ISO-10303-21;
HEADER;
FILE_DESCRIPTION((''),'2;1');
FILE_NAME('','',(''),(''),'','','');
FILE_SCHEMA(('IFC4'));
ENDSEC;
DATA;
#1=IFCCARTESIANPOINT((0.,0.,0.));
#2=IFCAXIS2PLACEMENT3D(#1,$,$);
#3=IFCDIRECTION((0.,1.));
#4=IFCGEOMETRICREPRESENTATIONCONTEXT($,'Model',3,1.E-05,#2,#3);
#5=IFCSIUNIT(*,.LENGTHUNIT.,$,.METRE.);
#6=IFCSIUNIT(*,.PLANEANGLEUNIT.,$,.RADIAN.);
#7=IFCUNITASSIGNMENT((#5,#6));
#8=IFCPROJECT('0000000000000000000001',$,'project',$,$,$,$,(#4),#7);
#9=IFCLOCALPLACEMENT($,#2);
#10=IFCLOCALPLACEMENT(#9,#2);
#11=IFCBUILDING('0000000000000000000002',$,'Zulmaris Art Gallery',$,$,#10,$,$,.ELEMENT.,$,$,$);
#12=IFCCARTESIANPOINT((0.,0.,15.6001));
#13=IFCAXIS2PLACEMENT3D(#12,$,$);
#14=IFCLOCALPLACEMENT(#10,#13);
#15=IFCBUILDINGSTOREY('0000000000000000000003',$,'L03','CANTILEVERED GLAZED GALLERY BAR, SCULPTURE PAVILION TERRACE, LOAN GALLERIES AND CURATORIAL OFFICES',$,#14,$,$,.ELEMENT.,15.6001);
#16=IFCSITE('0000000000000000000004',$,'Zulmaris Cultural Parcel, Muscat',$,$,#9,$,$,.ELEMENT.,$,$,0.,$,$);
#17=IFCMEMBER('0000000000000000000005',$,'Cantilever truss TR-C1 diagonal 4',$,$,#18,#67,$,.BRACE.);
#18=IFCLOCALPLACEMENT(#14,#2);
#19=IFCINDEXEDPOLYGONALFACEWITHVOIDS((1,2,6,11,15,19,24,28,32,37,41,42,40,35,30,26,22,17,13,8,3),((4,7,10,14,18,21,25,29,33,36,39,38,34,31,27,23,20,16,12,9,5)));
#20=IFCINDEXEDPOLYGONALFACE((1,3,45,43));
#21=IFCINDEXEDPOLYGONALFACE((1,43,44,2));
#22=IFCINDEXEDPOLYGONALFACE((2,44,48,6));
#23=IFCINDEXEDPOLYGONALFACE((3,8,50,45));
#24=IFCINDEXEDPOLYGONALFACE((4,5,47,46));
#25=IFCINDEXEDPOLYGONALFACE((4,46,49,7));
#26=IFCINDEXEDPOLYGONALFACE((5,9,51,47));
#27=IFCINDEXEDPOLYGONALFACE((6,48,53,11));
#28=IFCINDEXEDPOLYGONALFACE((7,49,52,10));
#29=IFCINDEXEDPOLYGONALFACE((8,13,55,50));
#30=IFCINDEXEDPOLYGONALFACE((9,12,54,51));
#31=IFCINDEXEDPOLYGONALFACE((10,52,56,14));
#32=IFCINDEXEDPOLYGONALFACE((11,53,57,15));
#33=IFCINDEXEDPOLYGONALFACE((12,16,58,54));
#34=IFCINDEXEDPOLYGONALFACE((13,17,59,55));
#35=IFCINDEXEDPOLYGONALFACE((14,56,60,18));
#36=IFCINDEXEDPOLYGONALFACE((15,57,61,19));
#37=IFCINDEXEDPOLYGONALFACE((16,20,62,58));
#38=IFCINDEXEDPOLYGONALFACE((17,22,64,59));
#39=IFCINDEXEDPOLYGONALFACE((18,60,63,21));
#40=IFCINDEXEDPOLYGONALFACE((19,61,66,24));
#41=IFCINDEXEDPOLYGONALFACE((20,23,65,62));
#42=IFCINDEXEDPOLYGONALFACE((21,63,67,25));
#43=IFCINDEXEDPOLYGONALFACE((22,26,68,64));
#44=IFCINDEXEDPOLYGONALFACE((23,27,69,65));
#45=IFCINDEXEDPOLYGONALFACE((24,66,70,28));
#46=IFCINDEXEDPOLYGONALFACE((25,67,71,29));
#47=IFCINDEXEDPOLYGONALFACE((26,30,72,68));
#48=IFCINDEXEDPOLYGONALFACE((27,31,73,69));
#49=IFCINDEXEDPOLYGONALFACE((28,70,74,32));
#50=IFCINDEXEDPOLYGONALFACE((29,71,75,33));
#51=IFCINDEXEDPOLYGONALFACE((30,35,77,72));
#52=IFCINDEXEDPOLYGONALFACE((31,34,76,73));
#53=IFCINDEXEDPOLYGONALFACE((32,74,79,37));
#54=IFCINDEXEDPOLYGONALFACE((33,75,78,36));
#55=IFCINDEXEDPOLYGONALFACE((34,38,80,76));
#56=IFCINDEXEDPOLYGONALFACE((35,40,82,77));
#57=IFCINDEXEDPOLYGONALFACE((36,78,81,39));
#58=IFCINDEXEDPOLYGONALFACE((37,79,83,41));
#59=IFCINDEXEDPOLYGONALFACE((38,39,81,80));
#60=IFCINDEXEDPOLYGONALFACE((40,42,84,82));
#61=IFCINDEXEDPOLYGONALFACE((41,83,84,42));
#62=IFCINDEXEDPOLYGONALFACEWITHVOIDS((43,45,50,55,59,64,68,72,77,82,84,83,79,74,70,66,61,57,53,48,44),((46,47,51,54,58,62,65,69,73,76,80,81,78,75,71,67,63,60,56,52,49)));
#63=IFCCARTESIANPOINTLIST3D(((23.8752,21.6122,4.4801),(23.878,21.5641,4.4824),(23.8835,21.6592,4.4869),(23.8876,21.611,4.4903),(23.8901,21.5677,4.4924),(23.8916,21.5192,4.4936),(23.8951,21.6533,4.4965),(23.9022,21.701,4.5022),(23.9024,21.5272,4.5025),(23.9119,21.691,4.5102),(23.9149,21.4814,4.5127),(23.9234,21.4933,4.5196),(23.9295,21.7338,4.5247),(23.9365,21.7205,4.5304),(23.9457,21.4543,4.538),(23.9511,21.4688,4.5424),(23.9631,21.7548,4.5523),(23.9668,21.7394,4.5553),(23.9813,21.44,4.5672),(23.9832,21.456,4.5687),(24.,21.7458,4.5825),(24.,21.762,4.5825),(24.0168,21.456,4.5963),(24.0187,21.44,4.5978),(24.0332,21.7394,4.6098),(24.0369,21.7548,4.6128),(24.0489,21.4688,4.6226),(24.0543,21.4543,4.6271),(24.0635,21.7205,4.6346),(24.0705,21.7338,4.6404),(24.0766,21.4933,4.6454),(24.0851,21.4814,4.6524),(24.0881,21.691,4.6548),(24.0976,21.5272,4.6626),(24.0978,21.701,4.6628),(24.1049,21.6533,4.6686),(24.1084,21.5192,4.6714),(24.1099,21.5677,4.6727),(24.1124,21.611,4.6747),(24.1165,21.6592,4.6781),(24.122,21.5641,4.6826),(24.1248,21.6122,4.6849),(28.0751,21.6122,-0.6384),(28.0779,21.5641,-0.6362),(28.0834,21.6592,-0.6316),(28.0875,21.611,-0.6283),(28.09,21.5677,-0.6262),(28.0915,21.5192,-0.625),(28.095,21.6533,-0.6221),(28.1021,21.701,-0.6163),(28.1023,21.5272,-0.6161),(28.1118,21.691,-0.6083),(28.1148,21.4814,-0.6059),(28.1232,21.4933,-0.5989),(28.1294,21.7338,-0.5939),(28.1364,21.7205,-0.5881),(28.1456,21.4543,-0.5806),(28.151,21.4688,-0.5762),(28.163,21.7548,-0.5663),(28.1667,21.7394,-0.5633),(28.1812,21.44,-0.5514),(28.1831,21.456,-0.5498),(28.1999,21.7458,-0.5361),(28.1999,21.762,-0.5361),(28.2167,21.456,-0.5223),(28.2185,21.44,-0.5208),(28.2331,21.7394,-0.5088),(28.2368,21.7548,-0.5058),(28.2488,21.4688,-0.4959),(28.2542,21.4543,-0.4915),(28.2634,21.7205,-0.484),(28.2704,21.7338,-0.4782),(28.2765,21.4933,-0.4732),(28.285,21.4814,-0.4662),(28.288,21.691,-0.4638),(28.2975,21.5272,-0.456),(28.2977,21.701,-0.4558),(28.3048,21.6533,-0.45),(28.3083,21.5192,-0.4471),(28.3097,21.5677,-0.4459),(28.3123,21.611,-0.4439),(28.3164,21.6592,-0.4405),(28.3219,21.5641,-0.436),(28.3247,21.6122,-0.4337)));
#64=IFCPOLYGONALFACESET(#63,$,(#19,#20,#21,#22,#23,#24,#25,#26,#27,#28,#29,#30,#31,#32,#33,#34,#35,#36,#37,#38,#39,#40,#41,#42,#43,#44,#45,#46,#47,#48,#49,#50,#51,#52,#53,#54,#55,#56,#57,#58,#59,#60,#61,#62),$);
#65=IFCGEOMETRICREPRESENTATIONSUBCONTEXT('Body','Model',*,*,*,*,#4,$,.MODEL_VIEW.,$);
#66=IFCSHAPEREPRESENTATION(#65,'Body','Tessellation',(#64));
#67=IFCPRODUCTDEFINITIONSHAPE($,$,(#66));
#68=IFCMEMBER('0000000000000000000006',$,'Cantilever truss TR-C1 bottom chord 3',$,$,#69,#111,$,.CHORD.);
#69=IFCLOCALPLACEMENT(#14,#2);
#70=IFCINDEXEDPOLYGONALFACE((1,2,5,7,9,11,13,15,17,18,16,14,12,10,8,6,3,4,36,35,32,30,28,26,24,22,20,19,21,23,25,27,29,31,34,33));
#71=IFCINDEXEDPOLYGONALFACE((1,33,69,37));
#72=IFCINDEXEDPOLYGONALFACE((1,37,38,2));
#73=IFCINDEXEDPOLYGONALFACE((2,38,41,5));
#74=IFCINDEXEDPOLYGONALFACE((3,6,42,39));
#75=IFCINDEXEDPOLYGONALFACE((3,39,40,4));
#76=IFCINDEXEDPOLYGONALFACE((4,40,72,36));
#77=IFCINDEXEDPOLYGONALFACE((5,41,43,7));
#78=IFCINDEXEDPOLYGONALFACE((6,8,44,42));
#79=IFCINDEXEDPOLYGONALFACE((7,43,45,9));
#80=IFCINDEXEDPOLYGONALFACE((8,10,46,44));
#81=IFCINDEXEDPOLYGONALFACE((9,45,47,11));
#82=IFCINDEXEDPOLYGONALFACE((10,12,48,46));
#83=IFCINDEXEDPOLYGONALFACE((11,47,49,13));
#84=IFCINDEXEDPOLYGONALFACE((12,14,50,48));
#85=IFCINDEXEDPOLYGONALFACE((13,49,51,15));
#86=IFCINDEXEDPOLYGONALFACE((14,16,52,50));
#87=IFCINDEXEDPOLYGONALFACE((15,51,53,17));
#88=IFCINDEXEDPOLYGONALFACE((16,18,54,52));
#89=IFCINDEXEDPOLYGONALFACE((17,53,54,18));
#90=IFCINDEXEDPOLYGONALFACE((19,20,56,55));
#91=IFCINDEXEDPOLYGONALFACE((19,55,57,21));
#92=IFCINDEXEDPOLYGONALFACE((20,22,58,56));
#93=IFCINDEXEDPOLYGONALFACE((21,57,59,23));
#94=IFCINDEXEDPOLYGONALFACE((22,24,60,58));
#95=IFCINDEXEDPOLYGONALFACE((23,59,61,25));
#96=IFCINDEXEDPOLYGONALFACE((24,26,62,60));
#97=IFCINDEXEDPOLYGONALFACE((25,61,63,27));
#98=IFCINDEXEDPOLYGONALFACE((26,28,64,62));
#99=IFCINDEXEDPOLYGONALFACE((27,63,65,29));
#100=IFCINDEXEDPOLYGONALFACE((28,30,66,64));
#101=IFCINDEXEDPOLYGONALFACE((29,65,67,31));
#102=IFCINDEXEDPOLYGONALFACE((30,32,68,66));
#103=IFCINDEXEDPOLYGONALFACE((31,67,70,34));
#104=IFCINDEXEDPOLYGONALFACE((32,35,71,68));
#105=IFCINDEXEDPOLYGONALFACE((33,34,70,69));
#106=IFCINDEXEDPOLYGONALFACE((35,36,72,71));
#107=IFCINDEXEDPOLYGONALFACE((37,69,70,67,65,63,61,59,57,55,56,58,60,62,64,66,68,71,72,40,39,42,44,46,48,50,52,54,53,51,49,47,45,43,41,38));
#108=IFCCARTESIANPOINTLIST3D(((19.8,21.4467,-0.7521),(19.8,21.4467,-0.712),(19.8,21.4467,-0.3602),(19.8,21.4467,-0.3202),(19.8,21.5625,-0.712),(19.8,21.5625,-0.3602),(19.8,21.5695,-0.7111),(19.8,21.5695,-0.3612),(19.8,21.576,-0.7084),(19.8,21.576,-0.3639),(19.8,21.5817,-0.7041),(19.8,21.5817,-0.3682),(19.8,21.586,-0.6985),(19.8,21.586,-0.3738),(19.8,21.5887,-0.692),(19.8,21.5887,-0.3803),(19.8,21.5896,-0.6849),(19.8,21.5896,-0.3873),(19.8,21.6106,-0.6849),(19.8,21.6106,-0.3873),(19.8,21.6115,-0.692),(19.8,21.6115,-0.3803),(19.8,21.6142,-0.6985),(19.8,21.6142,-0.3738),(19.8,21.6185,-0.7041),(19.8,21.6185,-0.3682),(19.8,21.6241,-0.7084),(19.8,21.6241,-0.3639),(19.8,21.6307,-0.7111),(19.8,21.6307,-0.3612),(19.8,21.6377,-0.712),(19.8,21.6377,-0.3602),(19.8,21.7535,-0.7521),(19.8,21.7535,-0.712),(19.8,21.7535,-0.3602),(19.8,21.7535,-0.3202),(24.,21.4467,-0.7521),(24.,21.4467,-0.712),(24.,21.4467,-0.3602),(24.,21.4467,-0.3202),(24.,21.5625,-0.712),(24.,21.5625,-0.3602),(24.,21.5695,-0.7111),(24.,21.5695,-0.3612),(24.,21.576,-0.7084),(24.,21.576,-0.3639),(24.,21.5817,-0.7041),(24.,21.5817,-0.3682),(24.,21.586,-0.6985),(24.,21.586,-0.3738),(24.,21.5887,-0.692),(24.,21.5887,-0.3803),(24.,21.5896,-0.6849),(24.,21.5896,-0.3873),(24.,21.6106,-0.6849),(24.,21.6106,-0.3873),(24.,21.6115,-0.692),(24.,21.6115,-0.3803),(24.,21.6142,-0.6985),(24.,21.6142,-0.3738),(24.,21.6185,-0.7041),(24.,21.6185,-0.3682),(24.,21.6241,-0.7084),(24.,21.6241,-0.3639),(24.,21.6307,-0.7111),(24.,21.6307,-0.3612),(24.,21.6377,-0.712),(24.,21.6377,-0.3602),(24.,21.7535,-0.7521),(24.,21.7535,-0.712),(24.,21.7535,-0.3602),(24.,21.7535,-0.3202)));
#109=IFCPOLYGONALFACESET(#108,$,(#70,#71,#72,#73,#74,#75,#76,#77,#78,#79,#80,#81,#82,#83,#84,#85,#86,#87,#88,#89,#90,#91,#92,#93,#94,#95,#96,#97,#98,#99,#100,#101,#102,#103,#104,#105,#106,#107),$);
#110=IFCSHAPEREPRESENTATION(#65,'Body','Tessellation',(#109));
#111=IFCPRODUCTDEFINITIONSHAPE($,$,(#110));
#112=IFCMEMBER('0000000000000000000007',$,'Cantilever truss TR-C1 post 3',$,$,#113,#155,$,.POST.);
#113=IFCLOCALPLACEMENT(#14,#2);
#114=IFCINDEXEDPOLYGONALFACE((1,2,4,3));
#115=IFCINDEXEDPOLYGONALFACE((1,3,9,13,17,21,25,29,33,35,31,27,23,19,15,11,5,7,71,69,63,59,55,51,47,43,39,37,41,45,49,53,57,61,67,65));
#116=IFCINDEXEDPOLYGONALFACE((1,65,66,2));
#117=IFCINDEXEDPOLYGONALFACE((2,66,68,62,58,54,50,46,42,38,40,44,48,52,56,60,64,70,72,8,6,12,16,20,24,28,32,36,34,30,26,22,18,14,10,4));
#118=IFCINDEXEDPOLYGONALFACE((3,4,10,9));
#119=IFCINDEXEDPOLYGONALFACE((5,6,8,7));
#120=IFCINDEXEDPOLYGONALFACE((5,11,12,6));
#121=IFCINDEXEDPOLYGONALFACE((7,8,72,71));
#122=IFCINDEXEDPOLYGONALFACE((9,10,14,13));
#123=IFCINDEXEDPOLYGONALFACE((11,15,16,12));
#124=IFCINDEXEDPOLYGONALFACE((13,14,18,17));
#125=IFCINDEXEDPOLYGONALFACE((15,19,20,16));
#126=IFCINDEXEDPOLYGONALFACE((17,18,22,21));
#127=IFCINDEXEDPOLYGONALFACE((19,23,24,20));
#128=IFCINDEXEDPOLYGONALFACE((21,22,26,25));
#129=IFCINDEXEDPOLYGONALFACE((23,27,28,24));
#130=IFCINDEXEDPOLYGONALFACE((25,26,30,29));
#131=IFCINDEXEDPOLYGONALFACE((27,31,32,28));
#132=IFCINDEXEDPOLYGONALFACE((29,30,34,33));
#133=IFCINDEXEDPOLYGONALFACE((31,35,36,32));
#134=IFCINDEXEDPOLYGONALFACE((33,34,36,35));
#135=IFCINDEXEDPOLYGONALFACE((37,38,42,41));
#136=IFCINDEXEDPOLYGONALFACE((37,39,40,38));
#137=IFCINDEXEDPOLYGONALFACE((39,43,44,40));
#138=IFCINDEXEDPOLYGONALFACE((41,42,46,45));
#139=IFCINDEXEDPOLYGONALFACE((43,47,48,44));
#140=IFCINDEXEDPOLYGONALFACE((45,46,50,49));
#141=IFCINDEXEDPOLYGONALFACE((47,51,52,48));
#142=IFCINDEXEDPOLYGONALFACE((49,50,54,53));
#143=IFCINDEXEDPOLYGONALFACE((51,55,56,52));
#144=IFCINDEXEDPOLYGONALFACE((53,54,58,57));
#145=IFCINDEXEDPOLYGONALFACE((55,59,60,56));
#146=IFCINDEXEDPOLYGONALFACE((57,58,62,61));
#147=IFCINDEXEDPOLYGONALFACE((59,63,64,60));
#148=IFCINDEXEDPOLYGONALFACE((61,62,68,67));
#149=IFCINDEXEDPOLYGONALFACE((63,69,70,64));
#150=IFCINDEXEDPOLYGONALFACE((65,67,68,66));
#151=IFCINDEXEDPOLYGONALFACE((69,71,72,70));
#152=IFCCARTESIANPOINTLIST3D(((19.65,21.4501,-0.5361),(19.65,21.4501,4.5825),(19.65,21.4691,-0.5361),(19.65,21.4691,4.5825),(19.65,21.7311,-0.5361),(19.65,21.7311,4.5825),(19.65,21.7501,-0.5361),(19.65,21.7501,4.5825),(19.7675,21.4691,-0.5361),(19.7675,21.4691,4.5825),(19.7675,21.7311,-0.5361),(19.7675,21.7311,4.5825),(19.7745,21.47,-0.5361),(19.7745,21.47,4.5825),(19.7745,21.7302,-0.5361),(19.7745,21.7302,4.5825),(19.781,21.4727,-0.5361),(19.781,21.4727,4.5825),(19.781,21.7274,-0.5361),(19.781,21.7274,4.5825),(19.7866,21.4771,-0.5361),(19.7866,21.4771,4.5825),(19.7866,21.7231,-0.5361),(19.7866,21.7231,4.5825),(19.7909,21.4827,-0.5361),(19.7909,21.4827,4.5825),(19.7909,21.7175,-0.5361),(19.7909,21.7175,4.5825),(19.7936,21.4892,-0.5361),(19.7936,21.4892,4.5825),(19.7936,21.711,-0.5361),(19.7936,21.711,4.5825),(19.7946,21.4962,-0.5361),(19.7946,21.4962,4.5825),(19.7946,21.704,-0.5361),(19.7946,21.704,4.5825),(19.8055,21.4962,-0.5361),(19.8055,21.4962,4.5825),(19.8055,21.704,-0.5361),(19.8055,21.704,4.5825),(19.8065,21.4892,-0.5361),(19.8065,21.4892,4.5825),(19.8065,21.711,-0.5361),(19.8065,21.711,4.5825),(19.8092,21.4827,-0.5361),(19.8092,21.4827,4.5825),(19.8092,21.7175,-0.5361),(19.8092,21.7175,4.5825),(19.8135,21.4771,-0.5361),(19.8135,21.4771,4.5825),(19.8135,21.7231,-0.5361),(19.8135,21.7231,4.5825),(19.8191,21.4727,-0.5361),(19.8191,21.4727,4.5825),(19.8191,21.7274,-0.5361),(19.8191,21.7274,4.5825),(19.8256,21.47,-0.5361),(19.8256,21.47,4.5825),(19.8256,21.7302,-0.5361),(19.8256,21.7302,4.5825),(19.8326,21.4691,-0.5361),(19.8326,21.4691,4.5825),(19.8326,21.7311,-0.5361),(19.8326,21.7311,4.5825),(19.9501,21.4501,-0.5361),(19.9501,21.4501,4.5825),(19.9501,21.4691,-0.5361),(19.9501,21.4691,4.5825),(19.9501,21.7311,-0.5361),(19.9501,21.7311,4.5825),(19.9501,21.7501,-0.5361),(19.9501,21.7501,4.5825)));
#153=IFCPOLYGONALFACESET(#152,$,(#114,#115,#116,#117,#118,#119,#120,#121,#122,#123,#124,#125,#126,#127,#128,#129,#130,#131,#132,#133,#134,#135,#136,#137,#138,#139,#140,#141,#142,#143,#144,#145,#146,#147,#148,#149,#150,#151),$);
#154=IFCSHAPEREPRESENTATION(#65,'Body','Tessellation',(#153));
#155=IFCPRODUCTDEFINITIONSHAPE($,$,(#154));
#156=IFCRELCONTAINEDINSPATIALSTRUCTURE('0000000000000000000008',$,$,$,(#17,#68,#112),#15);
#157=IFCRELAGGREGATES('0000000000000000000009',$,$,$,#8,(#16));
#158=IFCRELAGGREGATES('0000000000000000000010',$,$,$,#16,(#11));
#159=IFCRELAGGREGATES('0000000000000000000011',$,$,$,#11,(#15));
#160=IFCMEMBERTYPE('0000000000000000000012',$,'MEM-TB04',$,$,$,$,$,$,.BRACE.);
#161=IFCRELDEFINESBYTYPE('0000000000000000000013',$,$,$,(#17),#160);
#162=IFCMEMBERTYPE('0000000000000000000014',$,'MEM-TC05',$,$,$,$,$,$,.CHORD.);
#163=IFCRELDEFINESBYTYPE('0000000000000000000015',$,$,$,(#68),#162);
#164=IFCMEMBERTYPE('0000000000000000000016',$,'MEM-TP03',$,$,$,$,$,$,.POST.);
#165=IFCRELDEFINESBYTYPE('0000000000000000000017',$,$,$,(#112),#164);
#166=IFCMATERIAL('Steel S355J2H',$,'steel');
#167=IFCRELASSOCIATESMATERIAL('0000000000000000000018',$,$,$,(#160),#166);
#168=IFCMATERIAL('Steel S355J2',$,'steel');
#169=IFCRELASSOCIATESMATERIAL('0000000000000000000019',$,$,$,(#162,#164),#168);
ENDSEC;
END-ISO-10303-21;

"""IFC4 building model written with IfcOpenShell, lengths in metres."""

from ifc_helpers import new_model, si_unit, direction, frame, origin, origin_2d, place, context, subcontext, project, spatial, hollow_circle, i_section, extrude, material, material_profile, profile_set, type_object, element, save


model = new_model("IFC4")

# Units and contexts
model_context = context("Model", 3, precision=1e-05, world=origin(), true_north=direction((0.0, 1.0)))
body_context = subcontext(model_context, "Body", "Model", "MODEL_VIEW")
ifc_project = project(units=[si_unit("LENGTHUNIT", "METRE"), si_unit("PLANEANGLEUNIT", "RADIAN")], contexts=[model_context])

# Site, building, storey
site_placement = place(None, origin())
site = spatial("IfcSite", under=ifc_project, at=site_placement, Name="Zulmaris Cultural Parcel, Muscat", CompositionType="ELEMENT", RefElevation=0.0)
building_placement = place(site_placement, origin())
building = spatial("IfcBuilding", under=site, at=building_placement, Name="Zulmaris Art Gallery", CompositionType="ELEMENT")
storey_placement = place(building_placement, frame((0.0, 0.0, 15.6001)))
storey = spatial("IfcBuildingStorey", under=building, at=storey_placement, Name="L03", Description="CANTILEVERED GLAZED GALLERY BAR, SCULPTURE PAVILION TERRACE, LOAN GALLERIES AND CURATORIAL OFFICES", CompositionType="ELEMENT", Elevation=15.6001)

# Shared definitions
ifc_material_1 = material(Name="Steel S355J2", Category="steel")

# Members
ifc_material_2 = material(Name="Steel S355J2H", Category="steel")
ifc_material_profile_1 = material_profile(ifc_material_2, hollow_circle(Radius=0.1619, WallThickness=0.0161, at=origin_2d()), Name="CHS 323.9x16")
ifc_profile_set_1 = profile_set([ifc_material_profile_1], Name="Steel S355J2H")
member_type_1 = type_object("IfcMemberType", Name="MEM-TB04", PredefinedType="BRACE", material=ifc_profile_set_1)
for number, where, z_axis, x_axis, name in (
    (1, (24.0, 21.6001, 4.5825), (0.634319, 0.0, -0.773071), (0.0, 1.0, 0.0), "Cantilever truss TR-C1 diagonal 4"),
):
    element("IfcMember", number, at=place(storey_placement, frame(where, z_axis=z_axis, x_axis=x_axis)), inside=storey, type_object=member_type_1, Name=name, PredefinedType="BRACE", context=body_context, shape_type="SweptSolid", body=[
        extrude(hollow_circle(Radius=0.1619, WallThickness=0.0161, at=origin_2d()), origin(), (0.0, 0.0, 1.0), 6.6211),
    ])
ifc_material_profile_2 = material_profile(ifc_material_1, i_section(OverallWidth=0.3069, OverallDepth=0.4319, WebThickness=0.021, FlangeThickness=0.04, FilletRadius=0.0271, at=origin_2d()), Name="HEM 400")
ifc_profile_set_2 = profile_set([ifc_material_profile_2], Name="Steel S355J2")
member_type_2 = type_object("IfcMemberType", Name="MEM-TC05", PredefinedType="CHORD", material=ifc_profile_set_2)
member_1_placement = place(storey_placement, frame((19.8, 21.6001, -0.5361), z_axis=(1.0, 0.0, 0.0), x_axis=(0.0, 1.0, 0.0)))
element("IfcMember", 2, at=member_1_placement, inside=storey, type_object=member_type_2, Name="Cantilever truss TR-C1 bottom chord 3", PredefinedType="CHORD", context=body_context, shape_type="SweptSolid", body=[
    extrude(i_section(OverallWidth=0.3069, OverallDepth=0.4319, WebThickness=0.021, FlangeThickness=0.04, FilletRadius=0.0271, at=origin_2d()), origin(), (0.0, 0.0, 1.0), 4.2),
])
ifc_material_profile_3 = material_profile(ifc_material_1, i_section(OverallWidth=0.3, OverallDepth=0.3, WebThickness=0.011, FlangeThickness=0.019, FilletRadius=0.0271, at=origin_2d()), Name="HEB 300")
ifc_profile_set_3 = profile_set([ifc_material_profile_3], Name="Steel S355J2")
member_type_3 = type_object("IfcMemberType", Name="MEM-TP03", PredefinedType="POST", material=ifc_profile_set_3)
member_2_placement = place(storey_placement, frame((19.8, 21.6001, -0.5361), z_axis=(0.0, 0.0, 1.0), x_axis=(1.0, 0.0, 0.0)))
element("IfcMember", 3, at=member_2_placement, inside=storey, type_object=member_type_3, Name="Cantilever truss TR-C1 post 3", PredefinedType="POST", context=body_context, shape_type="SweptSolid", body=[
    extrude(i_section(OverallWidth=0.3, OverallDepth=0.3, WebThickness=0.011, FlangeThickness=0.019, FilletRadius=0.0271, at=origin_2d()), origin(), (0.0, 0.0, 1.0), 5.1187),
])

save(model, "model.ifc")
